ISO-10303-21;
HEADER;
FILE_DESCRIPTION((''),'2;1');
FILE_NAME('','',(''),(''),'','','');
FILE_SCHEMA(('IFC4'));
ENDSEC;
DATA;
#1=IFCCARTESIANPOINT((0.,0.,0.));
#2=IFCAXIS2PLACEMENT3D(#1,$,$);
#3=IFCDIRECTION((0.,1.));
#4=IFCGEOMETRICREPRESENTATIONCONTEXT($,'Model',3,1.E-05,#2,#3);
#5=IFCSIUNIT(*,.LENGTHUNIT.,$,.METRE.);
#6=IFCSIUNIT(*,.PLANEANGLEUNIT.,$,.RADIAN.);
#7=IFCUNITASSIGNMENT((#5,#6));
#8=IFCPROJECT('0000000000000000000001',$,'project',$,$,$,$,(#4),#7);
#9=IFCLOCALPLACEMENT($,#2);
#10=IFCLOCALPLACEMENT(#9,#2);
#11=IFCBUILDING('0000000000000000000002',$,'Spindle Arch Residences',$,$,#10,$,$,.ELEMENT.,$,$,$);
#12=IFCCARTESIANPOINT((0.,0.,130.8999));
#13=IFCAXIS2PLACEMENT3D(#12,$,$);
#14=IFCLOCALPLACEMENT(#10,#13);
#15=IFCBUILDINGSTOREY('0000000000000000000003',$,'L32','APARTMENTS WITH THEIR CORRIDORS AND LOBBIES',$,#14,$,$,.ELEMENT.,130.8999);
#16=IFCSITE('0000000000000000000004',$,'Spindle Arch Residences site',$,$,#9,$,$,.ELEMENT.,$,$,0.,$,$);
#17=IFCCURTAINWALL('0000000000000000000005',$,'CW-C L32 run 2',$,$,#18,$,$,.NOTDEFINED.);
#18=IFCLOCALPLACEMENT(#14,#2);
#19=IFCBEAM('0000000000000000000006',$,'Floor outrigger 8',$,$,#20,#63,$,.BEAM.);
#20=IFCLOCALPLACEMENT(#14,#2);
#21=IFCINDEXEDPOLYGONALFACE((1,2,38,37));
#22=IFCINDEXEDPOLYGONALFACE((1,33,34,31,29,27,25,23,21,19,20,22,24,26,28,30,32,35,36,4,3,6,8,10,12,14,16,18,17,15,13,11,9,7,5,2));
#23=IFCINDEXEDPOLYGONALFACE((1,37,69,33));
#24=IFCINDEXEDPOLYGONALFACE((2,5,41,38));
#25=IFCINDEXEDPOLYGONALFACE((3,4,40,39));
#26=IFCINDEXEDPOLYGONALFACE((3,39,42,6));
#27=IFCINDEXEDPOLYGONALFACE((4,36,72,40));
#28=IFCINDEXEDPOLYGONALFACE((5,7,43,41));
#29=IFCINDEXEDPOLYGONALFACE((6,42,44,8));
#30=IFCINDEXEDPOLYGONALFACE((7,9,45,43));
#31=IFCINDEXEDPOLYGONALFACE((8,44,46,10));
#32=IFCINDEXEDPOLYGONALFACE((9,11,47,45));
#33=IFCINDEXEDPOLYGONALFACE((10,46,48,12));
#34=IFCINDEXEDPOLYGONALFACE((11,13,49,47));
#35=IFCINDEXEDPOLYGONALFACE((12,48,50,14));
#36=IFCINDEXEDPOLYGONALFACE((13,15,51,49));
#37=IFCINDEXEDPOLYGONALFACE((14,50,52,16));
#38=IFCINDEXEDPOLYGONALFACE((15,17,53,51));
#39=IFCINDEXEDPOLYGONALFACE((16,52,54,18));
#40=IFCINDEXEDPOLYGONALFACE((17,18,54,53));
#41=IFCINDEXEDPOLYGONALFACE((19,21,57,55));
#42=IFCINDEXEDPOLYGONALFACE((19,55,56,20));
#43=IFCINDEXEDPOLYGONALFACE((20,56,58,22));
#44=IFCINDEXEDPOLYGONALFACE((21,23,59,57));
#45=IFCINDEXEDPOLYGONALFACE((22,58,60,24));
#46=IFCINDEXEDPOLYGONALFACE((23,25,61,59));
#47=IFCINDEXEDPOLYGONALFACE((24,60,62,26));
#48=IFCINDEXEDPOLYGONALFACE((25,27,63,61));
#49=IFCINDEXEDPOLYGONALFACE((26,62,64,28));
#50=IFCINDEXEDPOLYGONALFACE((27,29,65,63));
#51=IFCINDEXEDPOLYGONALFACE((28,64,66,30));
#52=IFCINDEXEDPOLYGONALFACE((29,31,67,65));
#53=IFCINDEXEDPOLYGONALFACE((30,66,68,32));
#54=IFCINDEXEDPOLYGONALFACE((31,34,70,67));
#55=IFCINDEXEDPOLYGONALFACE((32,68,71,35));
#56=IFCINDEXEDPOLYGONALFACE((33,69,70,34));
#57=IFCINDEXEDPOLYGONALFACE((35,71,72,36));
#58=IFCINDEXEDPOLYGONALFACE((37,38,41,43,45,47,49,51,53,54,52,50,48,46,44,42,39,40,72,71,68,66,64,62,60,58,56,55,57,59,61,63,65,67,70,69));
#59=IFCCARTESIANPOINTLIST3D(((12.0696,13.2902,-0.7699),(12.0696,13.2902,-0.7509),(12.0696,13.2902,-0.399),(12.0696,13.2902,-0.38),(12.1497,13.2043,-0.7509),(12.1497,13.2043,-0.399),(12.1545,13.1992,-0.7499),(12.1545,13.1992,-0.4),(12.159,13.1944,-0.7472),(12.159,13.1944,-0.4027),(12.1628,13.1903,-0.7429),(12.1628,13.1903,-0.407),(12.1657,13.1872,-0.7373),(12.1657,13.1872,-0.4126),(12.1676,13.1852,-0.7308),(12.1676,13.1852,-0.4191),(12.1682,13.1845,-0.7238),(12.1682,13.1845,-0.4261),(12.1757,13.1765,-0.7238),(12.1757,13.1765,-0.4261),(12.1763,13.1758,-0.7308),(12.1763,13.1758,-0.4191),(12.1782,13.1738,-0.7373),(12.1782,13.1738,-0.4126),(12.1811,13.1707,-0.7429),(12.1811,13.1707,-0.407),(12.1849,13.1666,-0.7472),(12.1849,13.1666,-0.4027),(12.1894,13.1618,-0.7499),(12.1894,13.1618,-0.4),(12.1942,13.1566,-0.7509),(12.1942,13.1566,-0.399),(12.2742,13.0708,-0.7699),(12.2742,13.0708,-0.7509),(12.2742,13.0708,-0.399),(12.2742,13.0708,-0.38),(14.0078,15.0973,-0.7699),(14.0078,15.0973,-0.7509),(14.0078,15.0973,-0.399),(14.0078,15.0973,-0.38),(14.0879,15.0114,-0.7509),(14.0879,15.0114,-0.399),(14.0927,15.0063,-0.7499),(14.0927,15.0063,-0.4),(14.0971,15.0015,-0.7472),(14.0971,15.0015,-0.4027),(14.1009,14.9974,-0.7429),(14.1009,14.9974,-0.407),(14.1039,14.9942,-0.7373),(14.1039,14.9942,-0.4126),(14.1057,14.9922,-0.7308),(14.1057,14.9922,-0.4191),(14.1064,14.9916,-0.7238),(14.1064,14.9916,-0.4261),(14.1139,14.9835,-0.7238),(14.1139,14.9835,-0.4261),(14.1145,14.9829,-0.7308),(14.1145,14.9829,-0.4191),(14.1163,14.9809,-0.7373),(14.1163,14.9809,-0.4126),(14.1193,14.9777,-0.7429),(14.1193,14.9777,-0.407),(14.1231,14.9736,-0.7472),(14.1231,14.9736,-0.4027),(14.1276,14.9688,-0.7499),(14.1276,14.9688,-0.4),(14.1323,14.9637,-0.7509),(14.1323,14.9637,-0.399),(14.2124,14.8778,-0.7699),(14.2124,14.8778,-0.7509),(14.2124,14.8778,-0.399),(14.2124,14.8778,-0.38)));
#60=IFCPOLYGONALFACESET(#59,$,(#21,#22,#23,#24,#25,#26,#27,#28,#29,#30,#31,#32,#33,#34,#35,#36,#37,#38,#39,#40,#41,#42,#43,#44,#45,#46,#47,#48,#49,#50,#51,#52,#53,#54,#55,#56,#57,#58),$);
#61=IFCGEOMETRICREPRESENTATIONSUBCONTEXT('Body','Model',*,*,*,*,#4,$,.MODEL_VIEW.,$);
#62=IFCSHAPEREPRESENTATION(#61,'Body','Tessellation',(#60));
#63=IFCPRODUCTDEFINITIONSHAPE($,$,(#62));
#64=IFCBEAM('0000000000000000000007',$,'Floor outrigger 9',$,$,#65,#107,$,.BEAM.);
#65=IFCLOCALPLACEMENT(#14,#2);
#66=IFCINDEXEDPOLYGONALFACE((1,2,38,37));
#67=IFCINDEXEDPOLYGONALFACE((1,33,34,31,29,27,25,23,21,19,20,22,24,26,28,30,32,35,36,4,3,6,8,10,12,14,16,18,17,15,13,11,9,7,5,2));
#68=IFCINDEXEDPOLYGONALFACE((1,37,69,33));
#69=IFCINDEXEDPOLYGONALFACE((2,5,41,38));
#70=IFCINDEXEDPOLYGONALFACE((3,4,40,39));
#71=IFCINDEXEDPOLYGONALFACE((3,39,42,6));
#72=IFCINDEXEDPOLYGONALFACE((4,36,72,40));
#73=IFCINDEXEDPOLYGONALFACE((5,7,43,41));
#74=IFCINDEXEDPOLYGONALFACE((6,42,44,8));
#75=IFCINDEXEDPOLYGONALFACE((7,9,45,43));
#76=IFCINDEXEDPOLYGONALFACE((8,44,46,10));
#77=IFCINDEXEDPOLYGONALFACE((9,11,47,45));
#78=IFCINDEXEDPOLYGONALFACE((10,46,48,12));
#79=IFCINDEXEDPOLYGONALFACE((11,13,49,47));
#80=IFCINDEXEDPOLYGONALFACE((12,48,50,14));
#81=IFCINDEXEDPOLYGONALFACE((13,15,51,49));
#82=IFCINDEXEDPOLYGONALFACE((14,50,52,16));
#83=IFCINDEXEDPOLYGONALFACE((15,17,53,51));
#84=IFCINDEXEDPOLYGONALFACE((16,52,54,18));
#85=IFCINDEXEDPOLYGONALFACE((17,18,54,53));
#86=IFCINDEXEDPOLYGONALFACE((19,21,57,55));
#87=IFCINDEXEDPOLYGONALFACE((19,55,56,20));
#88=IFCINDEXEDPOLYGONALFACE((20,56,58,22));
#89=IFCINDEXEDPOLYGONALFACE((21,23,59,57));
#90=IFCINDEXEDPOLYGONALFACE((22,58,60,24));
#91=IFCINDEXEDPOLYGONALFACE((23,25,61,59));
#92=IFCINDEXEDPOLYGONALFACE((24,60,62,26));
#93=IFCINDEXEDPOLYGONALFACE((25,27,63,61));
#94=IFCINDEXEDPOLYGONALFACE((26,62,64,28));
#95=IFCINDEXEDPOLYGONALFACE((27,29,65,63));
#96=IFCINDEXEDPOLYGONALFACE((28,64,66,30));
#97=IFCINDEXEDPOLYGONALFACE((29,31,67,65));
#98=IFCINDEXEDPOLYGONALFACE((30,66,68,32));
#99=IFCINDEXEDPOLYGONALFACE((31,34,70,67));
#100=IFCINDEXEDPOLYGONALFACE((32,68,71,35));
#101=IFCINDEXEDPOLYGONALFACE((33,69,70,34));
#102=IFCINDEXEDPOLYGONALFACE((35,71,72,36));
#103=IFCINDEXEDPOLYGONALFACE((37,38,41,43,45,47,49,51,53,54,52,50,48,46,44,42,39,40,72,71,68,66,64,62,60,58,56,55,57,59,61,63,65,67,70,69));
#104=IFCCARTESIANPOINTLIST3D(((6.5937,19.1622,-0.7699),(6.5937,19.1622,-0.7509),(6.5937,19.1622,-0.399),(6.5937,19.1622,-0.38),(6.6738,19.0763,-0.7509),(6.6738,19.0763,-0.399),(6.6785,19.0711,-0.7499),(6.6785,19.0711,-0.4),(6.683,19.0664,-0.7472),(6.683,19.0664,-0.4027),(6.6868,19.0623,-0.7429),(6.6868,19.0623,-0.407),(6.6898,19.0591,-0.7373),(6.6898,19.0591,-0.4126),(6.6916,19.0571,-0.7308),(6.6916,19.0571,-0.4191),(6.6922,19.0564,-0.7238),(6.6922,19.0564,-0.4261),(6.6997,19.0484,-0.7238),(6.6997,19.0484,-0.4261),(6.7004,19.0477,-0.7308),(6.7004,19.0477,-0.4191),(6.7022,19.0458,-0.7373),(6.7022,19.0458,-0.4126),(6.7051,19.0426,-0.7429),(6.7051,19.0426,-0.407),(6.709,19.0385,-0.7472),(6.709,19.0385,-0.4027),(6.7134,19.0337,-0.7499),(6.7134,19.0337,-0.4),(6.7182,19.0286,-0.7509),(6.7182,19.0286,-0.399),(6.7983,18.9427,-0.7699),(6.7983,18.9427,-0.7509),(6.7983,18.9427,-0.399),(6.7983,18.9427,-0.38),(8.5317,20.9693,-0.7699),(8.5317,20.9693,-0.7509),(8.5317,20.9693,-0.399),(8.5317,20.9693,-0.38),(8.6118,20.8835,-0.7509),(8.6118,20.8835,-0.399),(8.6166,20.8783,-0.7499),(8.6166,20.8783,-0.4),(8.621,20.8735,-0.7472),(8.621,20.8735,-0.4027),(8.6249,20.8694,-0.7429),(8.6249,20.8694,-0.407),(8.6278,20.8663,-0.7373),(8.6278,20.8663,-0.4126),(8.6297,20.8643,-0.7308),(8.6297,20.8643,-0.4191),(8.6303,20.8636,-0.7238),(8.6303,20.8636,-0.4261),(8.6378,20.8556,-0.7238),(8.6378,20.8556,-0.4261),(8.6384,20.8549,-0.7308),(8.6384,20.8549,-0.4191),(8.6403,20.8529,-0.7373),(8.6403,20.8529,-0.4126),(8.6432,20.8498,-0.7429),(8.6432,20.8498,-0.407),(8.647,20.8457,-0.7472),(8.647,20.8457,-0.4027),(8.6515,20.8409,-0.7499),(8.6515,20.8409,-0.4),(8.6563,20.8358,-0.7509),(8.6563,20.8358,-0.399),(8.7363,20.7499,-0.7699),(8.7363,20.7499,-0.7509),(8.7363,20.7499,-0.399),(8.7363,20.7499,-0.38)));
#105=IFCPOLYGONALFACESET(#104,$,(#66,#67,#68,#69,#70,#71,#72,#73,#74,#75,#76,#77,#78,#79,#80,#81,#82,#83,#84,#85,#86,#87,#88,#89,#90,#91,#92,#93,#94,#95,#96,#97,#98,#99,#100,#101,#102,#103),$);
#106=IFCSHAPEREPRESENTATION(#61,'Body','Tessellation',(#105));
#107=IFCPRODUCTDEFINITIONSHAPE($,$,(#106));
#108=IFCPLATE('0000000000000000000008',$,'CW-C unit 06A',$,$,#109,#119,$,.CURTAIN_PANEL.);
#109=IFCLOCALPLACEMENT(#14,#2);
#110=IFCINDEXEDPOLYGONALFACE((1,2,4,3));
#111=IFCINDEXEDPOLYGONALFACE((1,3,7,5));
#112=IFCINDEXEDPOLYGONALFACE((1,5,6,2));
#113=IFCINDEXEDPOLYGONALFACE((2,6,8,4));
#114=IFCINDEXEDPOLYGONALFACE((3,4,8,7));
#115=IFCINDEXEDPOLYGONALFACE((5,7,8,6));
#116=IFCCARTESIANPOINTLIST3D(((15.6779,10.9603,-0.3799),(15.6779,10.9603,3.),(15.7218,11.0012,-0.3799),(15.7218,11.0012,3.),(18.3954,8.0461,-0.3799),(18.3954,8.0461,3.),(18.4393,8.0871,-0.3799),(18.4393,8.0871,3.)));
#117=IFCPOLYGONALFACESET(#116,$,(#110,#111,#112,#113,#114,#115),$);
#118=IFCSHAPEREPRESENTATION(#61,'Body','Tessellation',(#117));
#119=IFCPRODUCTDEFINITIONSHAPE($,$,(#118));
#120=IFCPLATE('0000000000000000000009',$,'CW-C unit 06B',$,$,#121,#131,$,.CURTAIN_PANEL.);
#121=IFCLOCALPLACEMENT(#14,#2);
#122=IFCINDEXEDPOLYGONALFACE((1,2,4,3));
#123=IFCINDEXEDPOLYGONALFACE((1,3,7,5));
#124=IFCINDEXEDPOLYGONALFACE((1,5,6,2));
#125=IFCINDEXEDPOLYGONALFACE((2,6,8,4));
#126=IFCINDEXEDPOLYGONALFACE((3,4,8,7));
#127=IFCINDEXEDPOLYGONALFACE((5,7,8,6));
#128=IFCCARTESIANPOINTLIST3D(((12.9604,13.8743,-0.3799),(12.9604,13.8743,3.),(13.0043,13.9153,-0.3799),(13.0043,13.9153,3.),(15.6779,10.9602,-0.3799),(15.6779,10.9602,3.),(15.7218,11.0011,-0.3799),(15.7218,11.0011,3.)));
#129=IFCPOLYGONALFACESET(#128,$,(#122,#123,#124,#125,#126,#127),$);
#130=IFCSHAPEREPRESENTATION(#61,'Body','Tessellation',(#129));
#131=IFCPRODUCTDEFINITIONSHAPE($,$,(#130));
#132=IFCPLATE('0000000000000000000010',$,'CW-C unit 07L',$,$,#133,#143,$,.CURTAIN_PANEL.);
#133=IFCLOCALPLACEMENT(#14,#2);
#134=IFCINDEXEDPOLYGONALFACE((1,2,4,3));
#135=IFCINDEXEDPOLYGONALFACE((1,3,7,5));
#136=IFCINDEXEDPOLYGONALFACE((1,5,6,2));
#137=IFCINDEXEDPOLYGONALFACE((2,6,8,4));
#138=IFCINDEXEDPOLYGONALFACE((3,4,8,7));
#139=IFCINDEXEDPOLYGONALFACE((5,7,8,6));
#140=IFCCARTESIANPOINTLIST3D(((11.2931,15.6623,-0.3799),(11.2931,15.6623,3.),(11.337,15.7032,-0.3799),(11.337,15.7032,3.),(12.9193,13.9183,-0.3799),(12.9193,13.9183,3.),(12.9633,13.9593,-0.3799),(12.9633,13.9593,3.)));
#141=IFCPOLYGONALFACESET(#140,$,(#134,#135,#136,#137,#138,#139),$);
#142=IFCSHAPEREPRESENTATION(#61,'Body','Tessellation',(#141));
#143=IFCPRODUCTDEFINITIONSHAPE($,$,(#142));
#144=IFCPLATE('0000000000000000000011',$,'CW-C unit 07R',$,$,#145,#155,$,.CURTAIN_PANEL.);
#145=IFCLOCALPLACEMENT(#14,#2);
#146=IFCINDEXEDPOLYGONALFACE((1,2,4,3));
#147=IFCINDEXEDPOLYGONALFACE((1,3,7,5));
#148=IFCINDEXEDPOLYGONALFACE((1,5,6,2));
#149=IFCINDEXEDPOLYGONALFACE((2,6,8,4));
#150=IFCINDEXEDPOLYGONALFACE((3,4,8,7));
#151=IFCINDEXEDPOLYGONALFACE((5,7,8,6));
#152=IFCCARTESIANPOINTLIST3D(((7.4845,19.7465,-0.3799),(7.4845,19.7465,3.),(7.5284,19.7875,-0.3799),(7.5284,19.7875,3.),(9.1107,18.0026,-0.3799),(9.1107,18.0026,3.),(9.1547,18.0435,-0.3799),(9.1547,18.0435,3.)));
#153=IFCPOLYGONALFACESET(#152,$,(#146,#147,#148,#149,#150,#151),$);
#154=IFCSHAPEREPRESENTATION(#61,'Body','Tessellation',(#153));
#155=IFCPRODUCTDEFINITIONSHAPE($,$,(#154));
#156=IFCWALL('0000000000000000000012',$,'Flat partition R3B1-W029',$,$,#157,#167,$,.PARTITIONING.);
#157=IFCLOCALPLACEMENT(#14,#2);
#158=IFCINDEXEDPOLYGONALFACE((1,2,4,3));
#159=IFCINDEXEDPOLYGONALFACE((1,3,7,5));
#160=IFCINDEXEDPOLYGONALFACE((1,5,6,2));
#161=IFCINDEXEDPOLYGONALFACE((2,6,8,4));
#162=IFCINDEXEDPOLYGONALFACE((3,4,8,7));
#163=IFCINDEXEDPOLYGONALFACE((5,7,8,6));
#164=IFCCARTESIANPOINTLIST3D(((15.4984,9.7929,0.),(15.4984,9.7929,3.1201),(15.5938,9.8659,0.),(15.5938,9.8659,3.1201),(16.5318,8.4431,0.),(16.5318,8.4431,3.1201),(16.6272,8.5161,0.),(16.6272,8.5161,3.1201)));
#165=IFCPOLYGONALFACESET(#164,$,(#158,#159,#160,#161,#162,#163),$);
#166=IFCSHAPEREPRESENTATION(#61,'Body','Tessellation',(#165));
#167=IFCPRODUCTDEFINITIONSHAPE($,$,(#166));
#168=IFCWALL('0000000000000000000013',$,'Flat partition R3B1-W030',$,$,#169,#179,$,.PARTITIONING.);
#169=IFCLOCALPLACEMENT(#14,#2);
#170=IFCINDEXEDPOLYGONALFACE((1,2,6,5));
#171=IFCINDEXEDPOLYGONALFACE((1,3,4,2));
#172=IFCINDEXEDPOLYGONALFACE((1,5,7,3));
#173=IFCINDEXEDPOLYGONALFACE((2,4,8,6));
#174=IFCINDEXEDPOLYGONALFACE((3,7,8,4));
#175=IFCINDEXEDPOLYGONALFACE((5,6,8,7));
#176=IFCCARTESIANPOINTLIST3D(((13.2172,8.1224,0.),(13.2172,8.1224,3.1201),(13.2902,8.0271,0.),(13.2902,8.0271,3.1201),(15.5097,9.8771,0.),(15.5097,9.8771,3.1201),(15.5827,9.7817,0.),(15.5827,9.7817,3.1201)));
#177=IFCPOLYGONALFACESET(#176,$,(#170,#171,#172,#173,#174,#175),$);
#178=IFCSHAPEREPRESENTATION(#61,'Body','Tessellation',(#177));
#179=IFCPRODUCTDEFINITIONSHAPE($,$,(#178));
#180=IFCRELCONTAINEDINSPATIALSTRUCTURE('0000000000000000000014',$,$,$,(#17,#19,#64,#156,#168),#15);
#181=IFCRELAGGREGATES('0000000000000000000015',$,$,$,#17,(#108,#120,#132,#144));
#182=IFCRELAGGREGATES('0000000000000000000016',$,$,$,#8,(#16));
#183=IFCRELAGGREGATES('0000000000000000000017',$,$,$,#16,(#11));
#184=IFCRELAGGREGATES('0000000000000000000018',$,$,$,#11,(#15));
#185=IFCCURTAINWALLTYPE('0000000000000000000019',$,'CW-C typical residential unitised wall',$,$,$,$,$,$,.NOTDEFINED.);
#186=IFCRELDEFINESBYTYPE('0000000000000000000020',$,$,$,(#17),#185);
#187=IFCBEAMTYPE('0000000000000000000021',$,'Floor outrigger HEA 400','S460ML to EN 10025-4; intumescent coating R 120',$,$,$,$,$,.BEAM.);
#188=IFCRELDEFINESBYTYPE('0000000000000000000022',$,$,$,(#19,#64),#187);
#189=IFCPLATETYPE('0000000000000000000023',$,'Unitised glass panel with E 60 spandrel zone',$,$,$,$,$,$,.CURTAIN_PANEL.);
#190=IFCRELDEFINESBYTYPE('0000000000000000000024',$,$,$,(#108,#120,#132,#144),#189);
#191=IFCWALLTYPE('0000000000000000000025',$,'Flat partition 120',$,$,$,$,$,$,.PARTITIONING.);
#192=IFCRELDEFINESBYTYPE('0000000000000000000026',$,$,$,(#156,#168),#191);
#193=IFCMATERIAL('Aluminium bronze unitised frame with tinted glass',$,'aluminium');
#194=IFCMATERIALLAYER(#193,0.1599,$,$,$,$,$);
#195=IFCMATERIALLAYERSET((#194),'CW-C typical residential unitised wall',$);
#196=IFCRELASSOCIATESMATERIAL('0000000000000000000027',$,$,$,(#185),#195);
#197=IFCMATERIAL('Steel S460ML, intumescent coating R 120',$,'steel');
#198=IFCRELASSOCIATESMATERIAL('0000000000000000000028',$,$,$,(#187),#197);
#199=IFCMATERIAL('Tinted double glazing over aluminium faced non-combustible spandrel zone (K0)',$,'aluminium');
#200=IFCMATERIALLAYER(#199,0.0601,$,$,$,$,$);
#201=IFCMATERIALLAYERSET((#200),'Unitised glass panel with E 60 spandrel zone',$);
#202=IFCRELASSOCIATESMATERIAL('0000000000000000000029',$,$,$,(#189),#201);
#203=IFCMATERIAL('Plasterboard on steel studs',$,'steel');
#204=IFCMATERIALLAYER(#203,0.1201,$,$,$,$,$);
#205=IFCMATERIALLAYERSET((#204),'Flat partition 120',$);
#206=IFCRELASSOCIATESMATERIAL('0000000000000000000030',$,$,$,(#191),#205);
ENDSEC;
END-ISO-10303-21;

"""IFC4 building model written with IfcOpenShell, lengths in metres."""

from ifc_helpers import new_model, si_unit, direction, frame, frame_2d, origin, origin_2d, place, context, subcontext, project, spatial, rectangle, i_section, extrude, material, layer, layer_set, material_profile, profile_set, type_object, element, aggregate, save


model = new_model("IFC4")

# Units and contexts
model_context = context("Model", 3, precision=1e-05, world=origin(), true_north=direction((0.0, 1.0)))
body_context = subcontext(model_context, "Body", "Model", "MODEL_VIEW")
ifc_project = project(units=[si_unit("LENGTHUNIT", "METRE"), si_unit("PLANEANGLEUNIT", "RADIAN")], contexts=[model_context])

# Site, building, storey
site_placement = place(None, origin())
site = spatial("IfcSite", under=ifc_project, at=site_placement, Name="Spindle Arch Residences site", CompositionType="ELEMENT", RefElevation=0.0)
building_placement = place(site_placement, origin())
building = spatial("IfcBuilding", under=site, at=building_placement, Name="Spindle Arch Residences", CompositionType="ELEMENT")
storey_placement = place(building_placement, frame((0.0, 0.0, 130.8999)))
storey = spatial("IfcBuildingStorey", under=building, at=storey_placement, Name="L32", Description="APARTMENTS WITH THEIR CORRIDORS AND LOBBIES", CompositionType="ELEMENT", Elevation=130.8999)

# Curtain wall
ifc_material_1 = material(Name="Aluminium bronze unitised frame with tinted glass", Category="aluminium")
ifc_layer_1 = layer(ifc_material_1, 0.1599)
ifc_layer_set_1 = layer_set([ifc_layer_1], Name="CW-C typical residential unitised wall")
curtain_wall_type = type_object("IfcCurtainWallType", Name="CW-C typical residential unitised wall", PredefinedType="NOTDEFINED", material=ifc_layer_set_1)
curtain_wall_placement = place(storey_placement, origin())
curtain_wall = element("IfcCurtainWall", 1, at=curtain_wall_placement, inside=storey, type_object=curtain_wall_type, Name="CW-C L32 run 2", PredefinedType="NOTDEFINED")

# Beams
ifc_material_2 = material(Name="Steel S460ML, intumescent coating R 120", Category="steel")
ifc_material_profile_1 = material_profile(ifc_material_2, i_section(OverallWidth=0.3, OverallDepth=0.3899, WebThickness=0.011, FlangeThickness=0.019, FilletRadius=0.0271, at=origin_2d()), Name="HEA 400")
ifc_profile_set_1 = profile_set([ifc_material_profile_1], Name="Steel S460ML, intumescent coating R 120")
beam_type_1 = type_object("IfcBeamType", Name="Floor outrigger HEA 400", Description="S460ML to EN 10025-4; intumescent coating R 120", PredefinedType="BEAM", material=ifc_profile_set_1)
for number, where, z_axis, x_axis, name in (
    (2, (14.1101, 14.9875, -0.575), (-0.731411, -0.681937, 0.0), (0.681937, -0.731411, 0.0), "Floor outrigger 8"),
    (3, (8.634, 20.8596, -0.575), (-0.731368, -0.681983, 0.0), (0.681983, -0.731368, 0.0), "Floor outrigger 9"),
):
    element("IfcBeam", number, at=place(storey_placement, frame(where, z_axis=z_axis, x_axis=x_axis)), inside=storey, type_object=beam_type_1, Name=name, PredefinedType="BEAM", context=body_context, shape_type="SweptSolid", body=[
        extrude(i_section(OverallWidth=0.3, OverallDepth=0.3899, WebThickness=0.011, FlangeThickness=0.019, FilletRadius=0.0271, at=origin_2d()), origin(), (0.0, 0.0, 1.0), 2.6499),
    ])

# Plates
ifc_material_3 = material(Name="Tinted double glazing over aluminium faced non-combustible spandrel zone (K0)", Category="aluminium")
ifc_layer_2 = layer(ifc_material_3, 0.0601)
ifc_layer_set_2 = layer_set([ifc_layer_2], Name="Unitised glass panel with E 60 spandrel zone")
plate_type = type_object("IfcPlateType", Name="Unitised glass panel with E 60 spandrel zone", PredefinedType="CURTAIN_PANEL", material=ifc_layer_set_2)
plate_1_placement = place(storey_placement, frame((17.0586, 9.5237, -0.3799), z_axis=(0.0, 0.0, 1.0), x_axis=(-0.681998, 0.731354, 0.0)))
plate_1 = element("IfcPlate", 4, at=plate_1_placement, type_object=plate_type, Name="CW-C unit 06A", PredefinedType="CURTAIN_PANEL", context=body_context, shape_type="SweptSolid", body=[
    extrude(rectangle(XDim=3.9846, YDim=0.0601, at=origin_2d()), origin(), (0.0, 0.0, 1.0), 3.3799),
])
plate_2_placement = place(storey_placement, frame((14.3411, 12.4377, -0.3799), z_axis=(0.0, 0.0, 1.0), x_axis=(-0.681998, 0.731354, 0.0)))
plate_2 = element("IfcPlate", 5, at=plate_2_placement, type_object=plate_type, Name="CW-C unit 06B", PredefinedType="CURTAIN_PANEL", context=body_context, shape_type="SweptSolid", body=[
    extrude(rectangle(XDim=3.9846, YDim=0.0601, at=origin_2d()), origin(), (0.0, 0.0, 1.0), 3.3799),
])
plate_3_placement = place(storey_placement, frame((12.1282, 14.8108, -0.3799), z_axis=(0.0, 0.0, 1.0), x_axis=(-0.681998, 0.731354, 0.0)))
plate_3 = element("IfcPlate", 6, at=plate_3_placement, type_object=plate_type, Name="CW-C unit 07L", PredefinedType="CURTAIN_PANEL", context=body_context, shape_type="SweptSolid", body=[
    extrude(rectangle(XDim=2.3845, YDim=0.0601, at=origin_2d()), origin(), (0.0, 0.0, 1.0), 3.3799),
])
plate_4_placement = place(storey_placement, frame((8.3196, 18.895, -0.3799), z_axis=(0.0, 0.0, 1.0), x_axis=(-0.681998, 0.731354, 0.0)))
plate_4 = element("IfcPlate", 7, at=plate_4_placement, type_object=plate_type, Name="CW-C unit 07R", PredefinedType="CURTAIN_PANEL", context=body_context, shape_type="SweptSolid", body=[
    extrude(rectangle(XDim=2.3845, YDim=0.0601, at=origin_2d()), origin(), (0.0, 0.0, 1.0), 3.3799),
])
aggregate(curtain_wall, [plate_1, plate_2, plate_3, plate_4])

# Walls
ifc_material_4 = material(Name="Plasterboard on steel studs", Category="steel")
ifc_layer_3 = layer(ifc_material_4, 0.1201)
ifc_layer_set_3 = layer_set([ifc_layer_3], Name="Flat partition 120")
wall_type_1 = type_object("IfcWallType", Name="Flat partition 120", PredefinedType="PARTITIONING", material=ifc_layer_set_3)
wall_1_placement = place(storey_placement, frame((16.5796, 8.4795, 0.0), z_axis=(0.0, 0.0, 1.0), x_axis=(-0.607898, 0.794015, 0.0)))
element("IfcWall", 8, at=wall_1_placement, inside=storey, type_object=wall_type_1, Name="Flat partition R3B1-W029", PredefinedType="PARTITIONING", context=body_context, shape_type="SweptSolid", body=[
    extrude(rectangle(XDim=1.7, YDim=0.1201, at=frame_2d((0.8501, 0.0))), origin(), (0.0, 0.0, 1.0), 3.1201),
])
wall_2_placement = place(storey_placement, frame((15.5461, 9.8293, 0.0), z_axis=(0.0, 0.0, 1.0), x_axis=(-0.794096, -0.607792, 0.0)))
element("IfcWall", 9, at=wall_2_placement, inside=storey, type_object=wall_type_1, Name="Flat partition R3B1-W030", PredefinedType="PARTITIONING", context=body_context, shape_type="SweptSolid", body=[
    extrude(rectangle(XDim=2.887, YDim=0.1201, at=frame_2d((1.4434, 0.0))), origin(), (0.0, 0.0, 1.0), 3.1201),
])

save(model, "model.ifc")
